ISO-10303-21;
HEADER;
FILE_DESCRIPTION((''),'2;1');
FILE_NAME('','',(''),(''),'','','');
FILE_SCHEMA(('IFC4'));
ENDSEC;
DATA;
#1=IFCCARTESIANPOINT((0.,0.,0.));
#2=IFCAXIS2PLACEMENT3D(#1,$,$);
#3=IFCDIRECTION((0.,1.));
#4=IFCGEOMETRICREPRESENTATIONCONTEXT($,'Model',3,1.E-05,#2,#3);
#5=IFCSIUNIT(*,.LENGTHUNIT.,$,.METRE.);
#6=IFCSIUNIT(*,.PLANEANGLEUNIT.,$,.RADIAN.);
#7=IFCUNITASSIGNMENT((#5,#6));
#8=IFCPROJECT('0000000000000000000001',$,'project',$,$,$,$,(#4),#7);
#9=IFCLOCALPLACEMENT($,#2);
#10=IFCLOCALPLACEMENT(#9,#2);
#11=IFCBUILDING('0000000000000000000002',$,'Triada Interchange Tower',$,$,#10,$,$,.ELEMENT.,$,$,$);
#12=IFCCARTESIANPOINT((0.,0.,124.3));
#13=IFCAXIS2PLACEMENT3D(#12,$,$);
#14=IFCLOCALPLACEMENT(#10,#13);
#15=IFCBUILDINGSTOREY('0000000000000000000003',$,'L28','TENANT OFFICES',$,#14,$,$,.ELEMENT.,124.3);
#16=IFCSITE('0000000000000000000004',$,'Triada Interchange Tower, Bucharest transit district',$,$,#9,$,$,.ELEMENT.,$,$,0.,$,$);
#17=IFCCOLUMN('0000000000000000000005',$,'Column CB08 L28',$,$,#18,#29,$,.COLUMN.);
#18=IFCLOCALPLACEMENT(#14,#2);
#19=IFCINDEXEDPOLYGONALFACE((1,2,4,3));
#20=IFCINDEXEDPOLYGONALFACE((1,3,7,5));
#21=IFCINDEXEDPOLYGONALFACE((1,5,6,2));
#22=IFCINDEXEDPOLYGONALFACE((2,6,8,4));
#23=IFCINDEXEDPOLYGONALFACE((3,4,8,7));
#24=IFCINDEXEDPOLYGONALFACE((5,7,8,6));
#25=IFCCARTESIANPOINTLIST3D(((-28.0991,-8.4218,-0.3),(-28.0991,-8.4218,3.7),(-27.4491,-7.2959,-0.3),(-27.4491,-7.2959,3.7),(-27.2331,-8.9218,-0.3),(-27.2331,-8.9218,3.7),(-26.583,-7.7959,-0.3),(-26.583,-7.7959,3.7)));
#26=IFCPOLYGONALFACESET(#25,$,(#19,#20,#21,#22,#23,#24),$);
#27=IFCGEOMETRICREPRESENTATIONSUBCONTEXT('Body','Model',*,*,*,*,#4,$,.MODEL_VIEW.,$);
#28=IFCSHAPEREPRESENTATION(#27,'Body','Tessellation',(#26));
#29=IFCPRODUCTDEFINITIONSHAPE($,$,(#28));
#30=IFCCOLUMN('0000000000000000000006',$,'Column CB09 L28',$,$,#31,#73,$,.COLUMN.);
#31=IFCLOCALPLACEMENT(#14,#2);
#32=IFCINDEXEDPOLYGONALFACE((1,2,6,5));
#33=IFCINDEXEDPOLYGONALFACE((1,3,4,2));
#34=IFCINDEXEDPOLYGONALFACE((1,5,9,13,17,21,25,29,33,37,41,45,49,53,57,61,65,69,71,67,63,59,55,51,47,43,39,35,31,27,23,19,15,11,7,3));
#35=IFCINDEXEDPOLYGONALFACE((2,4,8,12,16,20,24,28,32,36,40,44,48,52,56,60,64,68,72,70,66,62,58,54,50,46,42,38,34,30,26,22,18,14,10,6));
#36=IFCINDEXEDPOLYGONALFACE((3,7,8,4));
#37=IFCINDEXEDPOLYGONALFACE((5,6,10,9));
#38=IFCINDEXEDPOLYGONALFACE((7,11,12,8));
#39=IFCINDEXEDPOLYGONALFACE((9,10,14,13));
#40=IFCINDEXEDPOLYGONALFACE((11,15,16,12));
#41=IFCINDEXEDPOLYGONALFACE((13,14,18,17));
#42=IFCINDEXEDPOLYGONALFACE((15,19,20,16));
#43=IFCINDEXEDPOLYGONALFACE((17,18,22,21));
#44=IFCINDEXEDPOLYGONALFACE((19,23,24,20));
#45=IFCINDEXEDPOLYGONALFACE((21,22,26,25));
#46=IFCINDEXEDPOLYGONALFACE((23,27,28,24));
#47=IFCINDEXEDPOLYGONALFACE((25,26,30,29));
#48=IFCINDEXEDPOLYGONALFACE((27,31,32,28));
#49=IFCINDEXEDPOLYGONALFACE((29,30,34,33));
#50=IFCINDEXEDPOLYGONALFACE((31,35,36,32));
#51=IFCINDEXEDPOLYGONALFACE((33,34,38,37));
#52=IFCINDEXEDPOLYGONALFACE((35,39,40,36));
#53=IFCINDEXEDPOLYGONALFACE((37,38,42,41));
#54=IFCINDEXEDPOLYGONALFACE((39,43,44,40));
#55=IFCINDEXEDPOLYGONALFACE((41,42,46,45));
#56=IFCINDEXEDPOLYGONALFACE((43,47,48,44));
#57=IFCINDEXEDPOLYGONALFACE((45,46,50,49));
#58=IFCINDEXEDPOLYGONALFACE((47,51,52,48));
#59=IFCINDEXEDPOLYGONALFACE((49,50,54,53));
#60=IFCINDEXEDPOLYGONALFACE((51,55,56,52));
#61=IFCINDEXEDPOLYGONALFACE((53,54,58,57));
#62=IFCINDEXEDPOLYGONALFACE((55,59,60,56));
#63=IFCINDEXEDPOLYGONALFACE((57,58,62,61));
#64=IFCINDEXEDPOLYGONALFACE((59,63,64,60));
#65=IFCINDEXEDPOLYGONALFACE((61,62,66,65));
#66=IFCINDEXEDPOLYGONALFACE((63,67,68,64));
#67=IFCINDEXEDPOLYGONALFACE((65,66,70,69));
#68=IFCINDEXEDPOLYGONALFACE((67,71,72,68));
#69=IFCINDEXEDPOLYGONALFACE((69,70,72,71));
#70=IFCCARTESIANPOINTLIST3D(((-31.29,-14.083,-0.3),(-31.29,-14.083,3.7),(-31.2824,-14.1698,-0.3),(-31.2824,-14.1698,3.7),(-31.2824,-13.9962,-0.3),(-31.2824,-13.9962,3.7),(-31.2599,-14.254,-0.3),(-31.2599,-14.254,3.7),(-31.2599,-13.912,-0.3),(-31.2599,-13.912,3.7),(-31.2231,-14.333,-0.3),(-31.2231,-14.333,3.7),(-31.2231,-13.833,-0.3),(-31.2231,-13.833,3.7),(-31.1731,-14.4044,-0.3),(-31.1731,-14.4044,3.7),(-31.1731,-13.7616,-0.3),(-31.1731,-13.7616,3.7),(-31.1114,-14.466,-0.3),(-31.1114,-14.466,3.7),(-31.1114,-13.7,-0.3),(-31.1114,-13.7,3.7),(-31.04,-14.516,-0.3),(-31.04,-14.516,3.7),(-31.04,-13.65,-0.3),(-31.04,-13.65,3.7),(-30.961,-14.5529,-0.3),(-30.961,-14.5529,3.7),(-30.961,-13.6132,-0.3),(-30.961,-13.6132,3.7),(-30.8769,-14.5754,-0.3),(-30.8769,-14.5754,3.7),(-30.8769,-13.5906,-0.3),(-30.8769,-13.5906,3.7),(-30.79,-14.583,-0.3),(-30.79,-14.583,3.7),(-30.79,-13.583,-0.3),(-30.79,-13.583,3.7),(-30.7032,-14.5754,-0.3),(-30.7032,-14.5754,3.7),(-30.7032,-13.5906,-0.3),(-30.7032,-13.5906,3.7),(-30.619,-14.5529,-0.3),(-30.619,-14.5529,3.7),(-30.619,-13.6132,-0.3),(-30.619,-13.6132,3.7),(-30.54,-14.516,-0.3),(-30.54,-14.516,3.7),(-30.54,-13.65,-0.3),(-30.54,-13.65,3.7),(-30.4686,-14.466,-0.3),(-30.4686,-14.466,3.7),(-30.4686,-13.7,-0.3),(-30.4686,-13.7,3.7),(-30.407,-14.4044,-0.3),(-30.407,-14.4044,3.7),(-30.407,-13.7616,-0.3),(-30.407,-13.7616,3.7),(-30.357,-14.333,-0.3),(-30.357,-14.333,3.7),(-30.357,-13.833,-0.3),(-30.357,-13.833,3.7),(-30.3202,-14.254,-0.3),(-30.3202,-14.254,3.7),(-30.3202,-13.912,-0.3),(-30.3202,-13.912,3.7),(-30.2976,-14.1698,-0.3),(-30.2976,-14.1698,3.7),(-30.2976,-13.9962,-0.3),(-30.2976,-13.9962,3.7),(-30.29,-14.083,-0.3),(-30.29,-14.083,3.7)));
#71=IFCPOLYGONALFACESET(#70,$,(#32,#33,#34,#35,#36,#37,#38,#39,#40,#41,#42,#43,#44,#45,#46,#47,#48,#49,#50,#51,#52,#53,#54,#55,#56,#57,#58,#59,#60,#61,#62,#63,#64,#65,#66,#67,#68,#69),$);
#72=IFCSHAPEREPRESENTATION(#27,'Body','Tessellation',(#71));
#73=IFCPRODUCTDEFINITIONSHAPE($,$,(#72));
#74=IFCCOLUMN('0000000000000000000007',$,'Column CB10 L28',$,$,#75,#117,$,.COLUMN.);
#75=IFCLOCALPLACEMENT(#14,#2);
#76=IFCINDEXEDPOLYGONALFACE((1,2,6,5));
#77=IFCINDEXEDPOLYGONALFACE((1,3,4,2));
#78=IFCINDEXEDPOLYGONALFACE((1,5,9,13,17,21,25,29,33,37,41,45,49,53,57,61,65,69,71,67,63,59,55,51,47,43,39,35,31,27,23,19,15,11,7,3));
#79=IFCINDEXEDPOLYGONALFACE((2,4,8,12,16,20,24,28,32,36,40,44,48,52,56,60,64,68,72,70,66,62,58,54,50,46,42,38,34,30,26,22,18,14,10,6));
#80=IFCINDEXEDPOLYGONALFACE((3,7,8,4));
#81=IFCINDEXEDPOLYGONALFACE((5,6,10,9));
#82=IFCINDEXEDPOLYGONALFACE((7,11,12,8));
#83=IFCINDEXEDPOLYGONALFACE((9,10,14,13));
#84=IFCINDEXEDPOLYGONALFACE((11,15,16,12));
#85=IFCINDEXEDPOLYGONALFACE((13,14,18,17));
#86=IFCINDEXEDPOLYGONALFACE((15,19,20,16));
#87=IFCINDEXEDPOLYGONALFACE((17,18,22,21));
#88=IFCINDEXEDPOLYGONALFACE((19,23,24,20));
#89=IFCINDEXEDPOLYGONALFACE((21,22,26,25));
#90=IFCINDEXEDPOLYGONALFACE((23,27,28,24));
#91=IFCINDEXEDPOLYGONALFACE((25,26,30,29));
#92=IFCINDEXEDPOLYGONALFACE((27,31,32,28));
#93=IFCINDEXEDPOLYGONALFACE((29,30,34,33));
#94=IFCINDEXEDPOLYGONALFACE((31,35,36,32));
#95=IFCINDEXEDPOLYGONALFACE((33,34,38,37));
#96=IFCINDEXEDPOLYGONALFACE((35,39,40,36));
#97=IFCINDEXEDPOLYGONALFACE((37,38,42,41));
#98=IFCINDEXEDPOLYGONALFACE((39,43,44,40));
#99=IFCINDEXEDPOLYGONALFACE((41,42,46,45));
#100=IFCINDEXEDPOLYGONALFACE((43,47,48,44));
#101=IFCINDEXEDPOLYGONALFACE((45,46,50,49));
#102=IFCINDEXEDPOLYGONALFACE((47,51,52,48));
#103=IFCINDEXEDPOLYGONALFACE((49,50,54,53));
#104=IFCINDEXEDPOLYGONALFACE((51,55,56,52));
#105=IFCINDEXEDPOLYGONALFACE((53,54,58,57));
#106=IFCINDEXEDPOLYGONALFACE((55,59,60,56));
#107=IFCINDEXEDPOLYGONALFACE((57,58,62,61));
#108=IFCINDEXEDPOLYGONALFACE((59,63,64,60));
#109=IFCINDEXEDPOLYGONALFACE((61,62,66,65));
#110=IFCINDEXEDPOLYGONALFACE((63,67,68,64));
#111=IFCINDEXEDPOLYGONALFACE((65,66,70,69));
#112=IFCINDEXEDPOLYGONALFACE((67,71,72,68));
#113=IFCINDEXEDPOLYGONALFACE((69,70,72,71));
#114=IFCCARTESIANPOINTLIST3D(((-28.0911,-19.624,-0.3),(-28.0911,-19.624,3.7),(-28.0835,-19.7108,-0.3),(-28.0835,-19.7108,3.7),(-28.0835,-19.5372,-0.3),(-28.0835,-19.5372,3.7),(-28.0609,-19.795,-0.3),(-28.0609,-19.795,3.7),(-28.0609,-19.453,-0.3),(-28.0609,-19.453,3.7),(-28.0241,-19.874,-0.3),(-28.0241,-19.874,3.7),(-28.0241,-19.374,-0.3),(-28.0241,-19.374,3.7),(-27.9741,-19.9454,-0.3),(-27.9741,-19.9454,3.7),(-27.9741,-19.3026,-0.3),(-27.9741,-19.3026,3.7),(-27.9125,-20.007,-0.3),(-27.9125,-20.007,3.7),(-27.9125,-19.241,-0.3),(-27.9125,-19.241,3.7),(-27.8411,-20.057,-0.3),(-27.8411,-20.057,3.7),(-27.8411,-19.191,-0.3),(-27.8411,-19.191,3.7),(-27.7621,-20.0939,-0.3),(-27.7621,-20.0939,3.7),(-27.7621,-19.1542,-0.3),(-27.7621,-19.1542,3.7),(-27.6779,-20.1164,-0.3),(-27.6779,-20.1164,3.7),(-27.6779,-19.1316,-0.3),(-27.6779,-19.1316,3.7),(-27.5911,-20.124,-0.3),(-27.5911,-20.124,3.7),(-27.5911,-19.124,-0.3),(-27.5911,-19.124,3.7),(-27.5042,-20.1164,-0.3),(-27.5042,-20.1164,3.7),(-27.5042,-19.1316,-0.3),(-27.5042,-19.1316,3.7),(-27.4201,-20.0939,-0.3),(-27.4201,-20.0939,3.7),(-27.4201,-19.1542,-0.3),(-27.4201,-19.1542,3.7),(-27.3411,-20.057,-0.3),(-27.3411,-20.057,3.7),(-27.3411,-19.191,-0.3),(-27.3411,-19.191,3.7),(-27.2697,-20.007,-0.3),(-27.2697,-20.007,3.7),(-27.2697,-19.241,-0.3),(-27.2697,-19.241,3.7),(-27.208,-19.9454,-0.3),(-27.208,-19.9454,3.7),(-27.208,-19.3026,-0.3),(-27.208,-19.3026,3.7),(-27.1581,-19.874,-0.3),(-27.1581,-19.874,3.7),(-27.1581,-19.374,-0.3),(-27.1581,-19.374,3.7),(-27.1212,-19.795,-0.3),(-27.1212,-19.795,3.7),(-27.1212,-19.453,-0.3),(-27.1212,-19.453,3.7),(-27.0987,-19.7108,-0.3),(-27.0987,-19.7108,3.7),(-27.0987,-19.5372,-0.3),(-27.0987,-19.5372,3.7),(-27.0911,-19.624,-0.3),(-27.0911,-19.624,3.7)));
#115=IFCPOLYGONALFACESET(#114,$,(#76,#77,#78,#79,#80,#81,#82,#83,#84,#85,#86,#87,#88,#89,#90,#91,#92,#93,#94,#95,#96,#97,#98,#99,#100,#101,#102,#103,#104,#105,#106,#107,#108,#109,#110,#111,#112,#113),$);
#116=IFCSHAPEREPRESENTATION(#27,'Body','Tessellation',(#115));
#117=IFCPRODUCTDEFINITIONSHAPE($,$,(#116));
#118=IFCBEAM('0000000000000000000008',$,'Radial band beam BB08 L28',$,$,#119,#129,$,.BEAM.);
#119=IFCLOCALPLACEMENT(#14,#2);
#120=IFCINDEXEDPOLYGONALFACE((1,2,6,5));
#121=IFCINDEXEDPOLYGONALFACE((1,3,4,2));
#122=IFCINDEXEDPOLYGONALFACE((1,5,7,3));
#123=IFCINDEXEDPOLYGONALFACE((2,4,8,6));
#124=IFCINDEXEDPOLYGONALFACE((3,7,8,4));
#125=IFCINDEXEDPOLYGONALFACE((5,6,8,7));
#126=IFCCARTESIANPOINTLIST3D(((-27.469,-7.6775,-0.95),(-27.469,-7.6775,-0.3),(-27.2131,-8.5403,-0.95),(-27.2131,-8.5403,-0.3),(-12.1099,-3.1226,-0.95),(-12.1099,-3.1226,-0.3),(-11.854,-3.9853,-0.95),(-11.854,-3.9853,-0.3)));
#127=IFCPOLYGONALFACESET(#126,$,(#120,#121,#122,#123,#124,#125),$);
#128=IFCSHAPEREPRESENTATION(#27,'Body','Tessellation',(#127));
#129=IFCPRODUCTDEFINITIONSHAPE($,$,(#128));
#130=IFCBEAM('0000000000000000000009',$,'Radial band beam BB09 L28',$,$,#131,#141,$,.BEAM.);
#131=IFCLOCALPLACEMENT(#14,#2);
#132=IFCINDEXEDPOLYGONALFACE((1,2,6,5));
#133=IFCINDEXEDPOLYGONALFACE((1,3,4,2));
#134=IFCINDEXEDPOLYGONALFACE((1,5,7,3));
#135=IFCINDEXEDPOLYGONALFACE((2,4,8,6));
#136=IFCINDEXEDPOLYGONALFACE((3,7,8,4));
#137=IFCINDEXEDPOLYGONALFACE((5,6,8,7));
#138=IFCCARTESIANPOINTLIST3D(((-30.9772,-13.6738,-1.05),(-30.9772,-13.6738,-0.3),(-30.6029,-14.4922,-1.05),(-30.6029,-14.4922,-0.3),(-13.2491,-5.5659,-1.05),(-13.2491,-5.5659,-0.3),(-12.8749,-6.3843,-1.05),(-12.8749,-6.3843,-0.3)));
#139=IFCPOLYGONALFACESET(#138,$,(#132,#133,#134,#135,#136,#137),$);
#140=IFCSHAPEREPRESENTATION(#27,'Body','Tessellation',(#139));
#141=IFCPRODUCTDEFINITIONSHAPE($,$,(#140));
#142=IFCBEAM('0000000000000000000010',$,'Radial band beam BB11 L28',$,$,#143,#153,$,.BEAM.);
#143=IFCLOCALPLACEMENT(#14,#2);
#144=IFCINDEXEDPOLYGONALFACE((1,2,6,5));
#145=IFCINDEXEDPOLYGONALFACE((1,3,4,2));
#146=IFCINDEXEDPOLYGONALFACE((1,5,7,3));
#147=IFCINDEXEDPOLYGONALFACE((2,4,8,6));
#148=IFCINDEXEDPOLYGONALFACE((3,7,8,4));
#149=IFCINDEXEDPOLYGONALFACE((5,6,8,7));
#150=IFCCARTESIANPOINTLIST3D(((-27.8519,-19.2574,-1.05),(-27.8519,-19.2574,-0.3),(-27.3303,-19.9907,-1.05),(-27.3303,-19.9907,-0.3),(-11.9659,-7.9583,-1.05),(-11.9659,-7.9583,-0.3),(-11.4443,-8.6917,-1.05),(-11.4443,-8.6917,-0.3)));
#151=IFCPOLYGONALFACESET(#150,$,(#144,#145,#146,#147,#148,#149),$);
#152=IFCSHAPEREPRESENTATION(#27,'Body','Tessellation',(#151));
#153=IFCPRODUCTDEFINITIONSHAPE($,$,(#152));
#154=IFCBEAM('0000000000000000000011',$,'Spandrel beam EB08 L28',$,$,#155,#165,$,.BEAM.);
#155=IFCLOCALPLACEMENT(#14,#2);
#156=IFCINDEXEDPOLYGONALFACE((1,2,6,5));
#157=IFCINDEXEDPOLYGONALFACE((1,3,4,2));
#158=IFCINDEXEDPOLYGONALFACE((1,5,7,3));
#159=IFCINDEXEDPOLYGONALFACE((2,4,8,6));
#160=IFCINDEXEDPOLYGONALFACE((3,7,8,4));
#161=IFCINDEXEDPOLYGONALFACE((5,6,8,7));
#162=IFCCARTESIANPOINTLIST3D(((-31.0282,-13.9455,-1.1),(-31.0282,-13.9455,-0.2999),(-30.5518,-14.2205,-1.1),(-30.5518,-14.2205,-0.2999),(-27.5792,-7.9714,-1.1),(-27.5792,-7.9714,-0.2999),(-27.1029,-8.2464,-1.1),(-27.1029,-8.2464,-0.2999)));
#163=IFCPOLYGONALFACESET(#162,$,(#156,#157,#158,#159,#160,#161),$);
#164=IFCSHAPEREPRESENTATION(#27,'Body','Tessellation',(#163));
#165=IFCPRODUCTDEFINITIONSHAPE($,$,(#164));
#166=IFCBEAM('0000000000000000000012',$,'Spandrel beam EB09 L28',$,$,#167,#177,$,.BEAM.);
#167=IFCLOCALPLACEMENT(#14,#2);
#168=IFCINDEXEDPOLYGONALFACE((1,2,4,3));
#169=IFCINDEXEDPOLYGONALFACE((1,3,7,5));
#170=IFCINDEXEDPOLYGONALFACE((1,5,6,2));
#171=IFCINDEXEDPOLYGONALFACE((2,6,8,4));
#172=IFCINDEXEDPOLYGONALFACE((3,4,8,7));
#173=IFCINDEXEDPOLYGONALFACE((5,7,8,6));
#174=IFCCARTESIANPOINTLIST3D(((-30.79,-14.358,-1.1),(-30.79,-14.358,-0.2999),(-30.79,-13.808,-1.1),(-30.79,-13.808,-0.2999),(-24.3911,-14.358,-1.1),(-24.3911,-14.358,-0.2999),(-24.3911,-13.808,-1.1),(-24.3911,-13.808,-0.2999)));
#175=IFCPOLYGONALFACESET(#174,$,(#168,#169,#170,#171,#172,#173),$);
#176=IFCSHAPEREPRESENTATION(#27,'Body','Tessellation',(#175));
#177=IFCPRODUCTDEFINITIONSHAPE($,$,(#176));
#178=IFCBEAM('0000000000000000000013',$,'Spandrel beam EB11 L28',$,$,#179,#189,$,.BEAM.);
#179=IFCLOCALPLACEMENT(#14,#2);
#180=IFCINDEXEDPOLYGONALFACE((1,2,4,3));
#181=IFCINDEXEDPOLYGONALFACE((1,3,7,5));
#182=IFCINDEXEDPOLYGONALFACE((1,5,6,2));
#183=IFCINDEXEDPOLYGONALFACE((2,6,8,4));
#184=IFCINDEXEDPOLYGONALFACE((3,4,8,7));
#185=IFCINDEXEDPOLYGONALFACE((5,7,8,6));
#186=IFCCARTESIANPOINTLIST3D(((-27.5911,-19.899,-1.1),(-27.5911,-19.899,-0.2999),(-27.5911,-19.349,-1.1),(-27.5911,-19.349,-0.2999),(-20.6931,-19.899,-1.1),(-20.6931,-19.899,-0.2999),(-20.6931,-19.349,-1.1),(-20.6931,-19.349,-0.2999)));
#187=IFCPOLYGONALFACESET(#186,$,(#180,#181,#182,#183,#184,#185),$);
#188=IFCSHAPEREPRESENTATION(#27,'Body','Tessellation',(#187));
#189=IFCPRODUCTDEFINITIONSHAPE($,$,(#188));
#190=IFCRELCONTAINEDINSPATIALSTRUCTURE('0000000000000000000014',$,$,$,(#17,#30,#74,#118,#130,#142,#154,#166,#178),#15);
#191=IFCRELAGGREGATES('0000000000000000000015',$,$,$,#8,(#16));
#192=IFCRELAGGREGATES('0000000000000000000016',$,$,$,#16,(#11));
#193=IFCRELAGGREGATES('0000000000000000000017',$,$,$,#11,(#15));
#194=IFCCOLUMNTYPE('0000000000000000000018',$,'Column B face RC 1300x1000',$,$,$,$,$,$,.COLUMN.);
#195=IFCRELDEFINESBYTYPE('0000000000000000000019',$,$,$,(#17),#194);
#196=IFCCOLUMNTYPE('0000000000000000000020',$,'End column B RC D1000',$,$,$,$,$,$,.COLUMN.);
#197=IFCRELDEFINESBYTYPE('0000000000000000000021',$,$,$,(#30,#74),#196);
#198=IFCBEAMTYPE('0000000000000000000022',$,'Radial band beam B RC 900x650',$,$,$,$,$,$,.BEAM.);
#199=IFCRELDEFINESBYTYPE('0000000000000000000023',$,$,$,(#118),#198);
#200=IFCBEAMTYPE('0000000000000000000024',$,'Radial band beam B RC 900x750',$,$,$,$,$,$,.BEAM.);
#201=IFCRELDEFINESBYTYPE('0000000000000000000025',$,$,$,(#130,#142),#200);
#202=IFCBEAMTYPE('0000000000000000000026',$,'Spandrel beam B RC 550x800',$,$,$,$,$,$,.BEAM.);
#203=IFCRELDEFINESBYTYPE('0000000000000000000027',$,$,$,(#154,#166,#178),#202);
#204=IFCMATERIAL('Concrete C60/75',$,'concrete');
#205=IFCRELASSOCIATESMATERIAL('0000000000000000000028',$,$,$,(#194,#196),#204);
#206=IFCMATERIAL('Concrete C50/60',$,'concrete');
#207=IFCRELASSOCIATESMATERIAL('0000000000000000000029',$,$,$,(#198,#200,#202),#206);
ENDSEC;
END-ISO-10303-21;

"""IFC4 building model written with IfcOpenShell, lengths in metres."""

from ifc_helpers import new_model, si_unit, direction, frame, origin, origin_2d, place, context, subcontext, project, spatial, rectangle, circle, extrude, material, material_profile, profile_set, type_object, element, save


model = new_model("IFC4")

# Units and contexts
model_context = context("Model", 3, precision=1e-05, world=origin(), true_north=direction((0.0, 1.0)))
body_context = subcontext(model_context, "Body", "Model", "MODEL_VIEW")
ifc_project = project(units=[si_unit("LENGTHUNIT", "METRE"), si_unit("PLANEANGLEUNIT", "RADIAN")], contexts=[model_context])

# Site, building, storey
site_placement = place(None, origin())
site = spatial("IfcSite", under=ifc_project, at=site_placement, Name="Triada Interchange Tower, Bucharest transit district", CompositionType="ELEMENT", RefElevation=0.0)
building_placement = place(site_placement, origin())
building = spatial("IfcBuilding", under=site, at=building_placement, Name="Triada Interchange Tower", CompositionType="ELEMENT")
storey_placement = place(building_placement, frame((0.0, 0.0, 124.3)))
storey = spatial("IfcBuildingStorey", under=building, at=storey_placement, Name="L28", Description="TENANT OFFICES", CompositionType="ELEMENT", Elevation=124.3)

# Columns
ifc_material_1 = material(Name="Concrete C60/75", Category="concrete")
ifc_material_profile_1 = material_profile(ifc_material_1, rectangle(XDim=1.3, YDim=1.0, at=origin_2d()), Name="RC 1300x1000")
ifc_profile_set_1 = profile_set([ifc_material_profile_1], Name="Concrete C60/75")
column_type_1 = type_object("IfcColumnType", Name="Column B face RC 1300x1000", PredefinedType="COLUMN", material=ifc_profile_set_1)
column_placement = place(storey_placement, frame((-27.3411, -8.1089, -0.3), z_axis=(0.0, 0.0, 1.0), x_axis=(0.5, 0.866025, 0.0)))
element("IfcColumn", 1, at=column_placement, inside=storey, type_object=column_type_1, Name="Column CB08 L28", PredefinedType="COLUMN", context=body_context, shape_type="SweptSolid", body=[
    extrude(rectangle(XDim=1.3, YDim=1.0, at=origin_2d()), origin(), (0.0, 0.0, 1.0), 4.0),
])
ifc_material_profile_2 = material_profile(ifc_material_1, circle(Radius=0.5, at=origin_2d()), Name="RC D1000")
ifc_profile_set_2 = profile_set([ifc_material_profile_2], Name="Concrete C60/75")
column_type_2 = type_object("IfcColumnType", Name="End column B RC D1000", PredefinedType="COLUMN", material=ifc_profile_set_2)
for number, where, z_axis, x_axis, name in (
    (2, (-30.79, -14.083, -0.3), (0.0, 0.0, 1.0), (0.5, 0.866025, 0.0), "Column CB09 L28"),
    (3, (-27.5911, -19.624, -0.3), (0.0, 0.0, 1.0), (1.0, 0.0, 0.0), "Column CB10 L28"),
):
    element("IfcColumn", number, at=place(storey_placement, frame(where, z_axis=z_axis, x_axis=x_axis)), inside=storey, type_object=column_type_2, Name=name, PredefinedType="COLUMN", context=body_context, shape_type="SweptSolid", body=[
        extrude(circle(Radius=0.5, at=origin_2d()), origin(), (0.0, 0.0, 1.0), 4.0),
    ])

# Beams
ifc_material_2 = material(Name="Concrete C50/60", Category="concrete")
ifc_material_profile_3 = material_profile(ifc_material_2, rectangle(XDim=0.8999, YDim=0.6499, at=origin_2d()), Name="RC 900x650")
ifc_profile_set_3 = profile_set([ifc_material_profile_3], Name="Concrete C50/60")
beam_type_1 = type_object("IfcBeamType", Name="Radial band beam B RC 900x650", PredefinedType="BEAM", material=ifc_profile_set_3)
beam_1_placement = place(storey_placement, frame((-27.3411, -8.1089, -0.625), z_axis=(0.958729, 0.284322, 0.0), x_axis=(-0.284322, 0.958729, 0.0)))
element("IfcBeam", 4, at=beam_1_placement, inside=storey, type_object=beam_type_1, Name="Radial band beam BB08 L28", PredefinedType="BEAM", context=body_context, shape_type="SweptSolid", body=[
    extrude(rectangle(XDim=0.8999, YDim=0.6499, at=origin_2d()), origin(), (0.0, 0.0, 1.0), 16.0203),
])
ifc_material_profile_4 = material_profile(ifc_material_2, rectangle(XDim=0.8999, YDim=0.75, at=origin_2d()), Name="RC 900x750")
ifc_profile_set_4 = profile_set([ifc_material_profile_4], Name="Concrete C50/60")
beam_type_2 = type_object("IfcBeamType", Name="Radial band beam B RC 900x750", PredefinedType="BEAM", material=ifc_profile_set_4)
beam_2_placement = place(storey_placement, frame((-30.79, -14.083, -0.675), z_axis=(0.909403, 0.415915, 0.0), x_axis=(-0.415915, 0.909403, 0.0)))
element("IfcBeam", 5, at=beam_2_placement, inside=storey, type_object=beam_type_2, Name="Radial band beam BB09 L28", PredefinedType="BEAM", context=body_context, shape_type="SweptSolid", body=[
    extrude(rectangle(XDim=0.8999, YDim=0.75, at=origin_2d()), origin(), (0.0, 0.0, 1.0), 19.4941),
])
beam_3_placement = place(storey_placement, frame((-27.5911, -19.624, -0.675), z_axis=(0.814898, 0.579605, 0.0), x_axis=(-0.579605, 0.814898, 0.0)))
element("IfcBeam", 6, at=beam_3_placement, inside=storey, type_object=beam_type_2, Name="Radial band beam BB11 L28", PredefinedType="BEAM", context=body_context, shape_type="SweptSolid", body=[
    extrude(rectangle(XDim=0.8999, YDim=0.75, at=origin_2d()), origin(), (0.0, 0.0, 1.0), 19.4944),
])
ifc_material_profile_5 = material_profile(ifc_material_2, rectangle(XDim=0.55, YDim=0.8, at=origin_2d()), Name="RC 550x800")
ifc_profile_set_5 = profile_set([ifc_material_profile_5], Name="Concrete C50/60")
beam_type_3 = type_object("IfcBeamType", Name="Spandrel beam B RC 550x800", PredefinedType="BEAM", material=ifc_profile_set_5)
beam_4_placement = place(storey_placement, frame((-27.3411, -8.1089, -0.7), z_axis=(-0.49998, -0.866037, 0.0), x_axis=(0.866037, -0.49998, 0.0)))
element("IfcBeam", 7, at=beam_4_placement, inside=storey, type_object=beam_type_3, Name="Spandrel beam EB08 L28", PredefinedType="BEAM", context=body_context, shape_type="SweptSolid", body=[
    extrude(rectangle(XDim=0.55, YDim=0.8, at=origin_2d()), origin(), (0.0, 0.0, 1.0), 6.8982),
])
beam_5_placement = place(storey_placement, frame((-30.79, -14.083, -0.7), z_axis=(1.0, 0.0, 0.0), x_axis=(0.0, 1.0, 0.0)))
element("IfcBeam", 8, at=beam_5_placement, inside=storey, type_object=beam_type_3, Name="Spandrel beam EB09 L28", PredefinedType="BEAM", context=body_context, shape_type="SweptSolid", body=[
    extrude(rectangle(XDim=0.55, YDim=0.8, at=origin_2d()), origin(), (0.0, 0.0, 1.0), 6.3989),
])
beam_6_placement = place(storey_placement, frame((-27.5911, -19.624, -0.7), z_axis=(1.0, 0.0, 0.0), x_axis=(0.0, 1.0, 0.0)))
element("IfcBeam", 9, at=beam_6_placement, inside=storey, type_object=beam_type_3, Name="Spandrel beam EB11 L28", PredefinedType="BEAM", context=body_context, shape_type="SweptSolid", body=[
    extrude(rectangle(XDim=0.55, YDim=0.8, at=origin_2d()), origin(), (0.0, 0.0, 1.0), 6.8979),
])

save(model, "model.ifc")
